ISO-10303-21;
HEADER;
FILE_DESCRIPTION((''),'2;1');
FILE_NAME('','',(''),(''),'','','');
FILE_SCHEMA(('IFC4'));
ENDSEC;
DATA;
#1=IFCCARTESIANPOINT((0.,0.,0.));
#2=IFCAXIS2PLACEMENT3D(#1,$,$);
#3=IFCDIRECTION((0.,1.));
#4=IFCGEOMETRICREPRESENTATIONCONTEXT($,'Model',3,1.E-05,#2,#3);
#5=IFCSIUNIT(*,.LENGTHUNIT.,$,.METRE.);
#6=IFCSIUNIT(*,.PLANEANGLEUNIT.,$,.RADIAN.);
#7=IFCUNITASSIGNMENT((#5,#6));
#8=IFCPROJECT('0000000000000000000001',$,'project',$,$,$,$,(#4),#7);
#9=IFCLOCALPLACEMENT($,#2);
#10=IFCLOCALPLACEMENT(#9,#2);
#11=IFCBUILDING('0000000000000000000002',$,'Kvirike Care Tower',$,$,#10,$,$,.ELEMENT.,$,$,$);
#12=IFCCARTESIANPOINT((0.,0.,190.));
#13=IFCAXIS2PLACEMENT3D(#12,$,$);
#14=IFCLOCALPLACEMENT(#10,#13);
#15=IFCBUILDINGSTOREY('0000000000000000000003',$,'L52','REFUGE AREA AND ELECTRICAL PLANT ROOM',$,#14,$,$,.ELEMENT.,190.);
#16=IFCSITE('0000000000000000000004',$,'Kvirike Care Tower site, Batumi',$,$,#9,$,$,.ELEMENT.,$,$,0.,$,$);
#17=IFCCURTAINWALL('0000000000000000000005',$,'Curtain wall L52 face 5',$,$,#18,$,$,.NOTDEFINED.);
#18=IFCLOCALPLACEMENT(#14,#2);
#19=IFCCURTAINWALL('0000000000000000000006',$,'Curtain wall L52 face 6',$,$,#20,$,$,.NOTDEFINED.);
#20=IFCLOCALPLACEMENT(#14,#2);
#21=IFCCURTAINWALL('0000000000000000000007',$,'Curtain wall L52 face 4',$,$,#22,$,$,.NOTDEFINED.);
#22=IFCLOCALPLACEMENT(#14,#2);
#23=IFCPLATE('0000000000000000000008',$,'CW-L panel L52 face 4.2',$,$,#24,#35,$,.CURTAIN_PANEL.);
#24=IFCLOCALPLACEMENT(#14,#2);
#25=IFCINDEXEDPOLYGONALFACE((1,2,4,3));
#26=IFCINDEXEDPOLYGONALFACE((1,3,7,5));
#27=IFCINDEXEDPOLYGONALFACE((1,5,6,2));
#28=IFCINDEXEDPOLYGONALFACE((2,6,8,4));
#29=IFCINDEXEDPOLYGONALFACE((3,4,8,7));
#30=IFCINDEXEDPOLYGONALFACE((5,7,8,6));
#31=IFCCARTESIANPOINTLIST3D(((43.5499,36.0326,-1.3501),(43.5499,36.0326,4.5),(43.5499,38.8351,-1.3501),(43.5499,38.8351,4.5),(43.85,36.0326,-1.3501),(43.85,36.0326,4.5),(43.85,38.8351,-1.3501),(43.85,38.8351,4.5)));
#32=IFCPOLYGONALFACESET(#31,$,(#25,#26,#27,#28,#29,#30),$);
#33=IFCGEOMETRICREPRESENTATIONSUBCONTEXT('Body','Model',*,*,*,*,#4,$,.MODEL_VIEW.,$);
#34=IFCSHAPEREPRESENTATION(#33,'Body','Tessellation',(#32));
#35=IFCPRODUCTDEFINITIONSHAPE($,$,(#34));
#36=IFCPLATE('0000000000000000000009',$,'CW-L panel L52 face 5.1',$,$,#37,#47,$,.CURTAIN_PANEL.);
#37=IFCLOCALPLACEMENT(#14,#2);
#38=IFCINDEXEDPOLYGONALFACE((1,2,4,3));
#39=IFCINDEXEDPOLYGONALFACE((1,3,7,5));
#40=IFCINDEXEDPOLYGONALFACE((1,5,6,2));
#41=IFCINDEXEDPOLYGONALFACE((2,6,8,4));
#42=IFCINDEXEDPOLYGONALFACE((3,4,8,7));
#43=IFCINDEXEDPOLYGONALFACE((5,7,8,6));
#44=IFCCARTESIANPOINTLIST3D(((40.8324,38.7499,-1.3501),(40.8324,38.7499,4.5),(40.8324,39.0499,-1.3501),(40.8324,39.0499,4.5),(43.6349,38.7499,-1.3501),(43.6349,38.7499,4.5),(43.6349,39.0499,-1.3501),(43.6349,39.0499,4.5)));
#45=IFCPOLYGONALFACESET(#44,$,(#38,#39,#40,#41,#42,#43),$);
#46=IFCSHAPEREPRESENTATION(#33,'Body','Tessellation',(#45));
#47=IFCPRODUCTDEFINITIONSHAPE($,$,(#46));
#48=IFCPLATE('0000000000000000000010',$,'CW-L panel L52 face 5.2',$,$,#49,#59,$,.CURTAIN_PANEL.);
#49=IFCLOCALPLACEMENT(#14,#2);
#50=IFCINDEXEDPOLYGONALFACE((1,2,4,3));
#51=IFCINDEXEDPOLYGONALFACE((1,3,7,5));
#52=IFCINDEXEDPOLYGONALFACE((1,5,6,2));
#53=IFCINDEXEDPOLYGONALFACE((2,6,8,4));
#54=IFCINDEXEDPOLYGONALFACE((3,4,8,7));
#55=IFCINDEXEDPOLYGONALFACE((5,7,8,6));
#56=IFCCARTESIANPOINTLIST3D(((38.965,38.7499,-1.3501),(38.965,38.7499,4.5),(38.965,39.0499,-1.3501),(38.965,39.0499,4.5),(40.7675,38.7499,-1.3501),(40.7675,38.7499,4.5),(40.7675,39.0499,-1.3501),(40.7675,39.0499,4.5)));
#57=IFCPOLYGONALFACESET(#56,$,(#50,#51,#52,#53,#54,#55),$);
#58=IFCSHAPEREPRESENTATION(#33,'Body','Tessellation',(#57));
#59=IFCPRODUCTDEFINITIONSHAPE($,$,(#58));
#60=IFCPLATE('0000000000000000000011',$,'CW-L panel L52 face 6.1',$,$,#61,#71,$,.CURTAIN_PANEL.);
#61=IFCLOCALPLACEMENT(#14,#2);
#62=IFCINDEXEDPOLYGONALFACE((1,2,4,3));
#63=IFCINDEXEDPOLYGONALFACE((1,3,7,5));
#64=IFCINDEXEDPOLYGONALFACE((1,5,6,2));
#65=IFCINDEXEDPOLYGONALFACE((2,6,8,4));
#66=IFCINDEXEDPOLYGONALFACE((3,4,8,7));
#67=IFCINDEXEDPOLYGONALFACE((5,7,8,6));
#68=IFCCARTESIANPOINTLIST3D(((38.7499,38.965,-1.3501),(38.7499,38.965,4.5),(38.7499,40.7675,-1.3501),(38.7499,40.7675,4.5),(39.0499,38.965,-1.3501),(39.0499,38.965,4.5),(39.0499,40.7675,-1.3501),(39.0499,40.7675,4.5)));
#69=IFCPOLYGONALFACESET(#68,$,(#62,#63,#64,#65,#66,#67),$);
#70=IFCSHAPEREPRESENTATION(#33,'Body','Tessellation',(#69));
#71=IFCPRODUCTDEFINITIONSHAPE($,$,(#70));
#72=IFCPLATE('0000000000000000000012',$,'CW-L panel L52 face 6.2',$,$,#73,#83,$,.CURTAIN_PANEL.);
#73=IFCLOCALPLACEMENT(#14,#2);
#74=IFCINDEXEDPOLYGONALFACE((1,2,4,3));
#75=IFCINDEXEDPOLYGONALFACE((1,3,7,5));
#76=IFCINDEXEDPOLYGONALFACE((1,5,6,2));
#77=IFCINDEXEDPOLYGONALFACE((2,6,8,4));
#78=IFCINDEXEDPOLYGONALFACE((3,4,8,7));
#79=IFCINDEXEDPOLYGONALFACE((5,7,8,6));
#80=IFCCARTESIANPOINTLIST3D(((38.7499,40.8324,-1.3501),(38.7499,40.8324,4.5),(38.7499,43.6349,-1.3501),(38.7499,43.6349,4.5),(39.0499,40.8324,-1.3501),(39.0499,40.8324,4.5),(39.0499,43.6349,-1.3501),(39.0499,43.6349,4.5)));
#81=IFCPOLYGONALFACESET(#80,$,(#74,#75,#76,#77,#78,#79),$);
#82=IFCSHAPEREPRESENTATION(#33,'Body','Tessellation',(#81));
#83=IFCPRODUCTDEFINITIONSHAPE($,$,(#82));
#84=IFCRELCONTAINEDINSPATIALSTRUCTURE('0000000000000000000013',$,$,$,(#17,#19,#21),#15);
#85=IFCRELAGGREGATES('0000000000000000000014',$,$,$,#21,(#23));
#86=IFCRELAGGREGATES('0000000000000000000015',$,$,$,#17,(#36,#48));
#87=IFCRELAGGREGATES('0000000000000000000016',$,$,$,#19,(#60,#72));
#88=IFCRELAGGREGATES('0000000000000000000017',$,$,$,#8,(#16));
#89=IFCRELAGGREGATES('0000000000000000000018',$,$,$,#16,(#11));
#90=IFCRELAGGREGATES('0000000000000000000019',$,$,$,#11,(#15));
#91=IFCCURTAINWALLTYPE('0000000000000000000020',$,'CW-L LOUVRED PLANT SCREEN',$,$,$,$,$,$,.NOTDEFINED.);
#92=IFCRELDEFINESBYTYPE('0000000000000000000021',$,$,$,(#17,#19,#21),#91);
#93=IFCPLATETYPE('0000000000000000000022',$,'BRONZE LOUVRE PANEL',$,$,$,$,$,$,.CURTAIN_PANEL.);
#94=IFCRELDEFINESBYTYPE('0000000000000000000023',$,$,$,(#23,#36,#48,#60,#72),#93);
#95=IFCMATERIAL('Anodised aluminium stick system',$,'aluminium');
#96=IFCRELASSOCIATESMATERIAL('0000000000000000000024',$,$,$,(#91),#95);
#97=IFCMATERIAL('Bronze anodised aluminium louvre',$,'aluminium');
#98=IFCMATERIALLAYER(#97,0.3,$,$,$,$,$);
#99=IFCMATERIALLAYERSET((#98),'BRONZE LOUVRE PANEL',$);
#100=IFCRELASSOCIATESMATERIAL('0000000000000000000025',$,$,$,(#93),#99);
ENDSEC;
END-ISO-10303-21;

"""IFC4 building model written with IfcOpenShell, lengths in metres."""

from ifc_helpers import new_model, si_unit, direction, frame, origin, origin_2d, place, context, subcontext, project, spatial, rectangle, extrude, material, layer, layer_set, type_object, element, aggregate, save


model = new_model("IFC4")

# Units and contexts
model_context = context("Model", 3, precision=1e-05, world=origin(), true_north=direction((0.0, 1.0)))
body_context = subcontext(model_context, "Body", "Model", "MODEL_VIEW")
ifc_project = project(units=[si_unit("LENGTHUNIT", "METRE"), si_unit("PLANEANGLEUNIT", "RADIAN")], contexts=[model_context])

# Site, building, storey
site_placement = place(None, origin())
site = spatial("IfcSite", under=ifc_project, at=site_placement, Name="Kvirike Care Tower site, Batumi", CompositionType="ELEMENT", RefElevation=0.0)
building_placement = place(site_placement, origin())
building = spatial("IfcBuilding", under=site, at=building_placement, Name="Kvirike Care Tower", CompositionType="ELEMENT")
storey_placement = place(building_placement, frame((0.0, 0.0, 190.0)))
storey = spatial("IfcBuildingStorey", under=building, at=storey_placement, Name="L52", Description="REFUGE AREA AND ELECTRICAL PLANT ROOM", CompositionType="ELEMENT", Elevation=190.0)

# Curtain walls
ifc_material_1 = material(Name="Anodised aluminium stick system", Category="aluminium")
curtain_wall_type = type_object("IfcCurtainWallType", Name="CW-L LOUVRED PLANT SCREEN", PredefinedType="NOTDEFINED", material=ifc_material_1)
curtain_wall_1_placement = place(storey_placement, origin())
curtain_wall_1 = element("IfcCurtainWall", 1, at=curtain_wall_1_placement, inside=storey, type_object=curtain_wall_type, Name="Curtain wall L52 face 5", PredefinedType="NOTDEFINED")
curtain_wall_2_placement = place(storey_placement, origin())
curtain_wall_2 = element("IfcCurtainWall", 2, at=curtain_wall_2_placement, inside=storey, type_object=curtain_wall_type, Name="Curtain wall L52 face 6", PredefinedType="NOTDEFINED")

# Curtain wall
curtain_wall_3_placement = place(storey_placement, origin())
curtain_wall_3 = element("IfcCurtainWall", 3, at=curtain_wall_3_placement, inside=storey, type_object=curtain_wall_type, Name="Curtain wall L52 face 4", PredefinedType="NOTDEFINED")

# Plates
ifc_material_2 = material(Name="Bronze anodised aluminium louvre", Category="aluminium")
ifc_layer = layer(ifc_material_2, 0.3)
ifc_layer_set = layer_set([ifc_layer], Name="BRONZE LOUVRE PANEL")
plate_type = type_object("IfcPlateType", Name="BRONZE LOUVRE PANEL", PredefinedType="CURTAIN_PANEL", material=ifc_layer_set)
plate_1_placement = place(storey_placement, frame((43.7, 37.4338, -1.3501), z_axis=(0.0, 0.0, 1.0), x_axis=(0.0, 1.0, 0.0)))
plate_1 = element("IfcPlate", 4, at=plate_1_placement, type_object=plate_type, Name="CW-L panel L52 face 4.2", PredefinedType="CURTAIN_PANEL", context=body_context, shape_type="SweptSolid", body=[
    extrude(rectangle(XDim=2.8025, YDim=0.3, at=origin_2d()), origin(), (0.0, 0.0, 1.0), 5.8501),
])
aggregate(curtain_wall_3, [plate_1])
plate_2_placement = place(storey_placement, frame((42.2336, 38.8999, -1.3501), z_axis=(0.0, 0.0, 1.0), x_axis=(-1.0, 0.0, 0.0)))
plate_2 = element("IfcPlate", 5, at=plate_2_placement, type_object=plate_type, Name="CW-L panel L52 face 5.1", PredefinedType="CURTAIN_PANEL", context=body_context, shape_type="SweptSolid", body=[
    extrude(rectangle(XDim=2.8025, YDim=0.3, at=origin_2d()), origin(), (0.0, 0.0, 1.0), 5.8501),
])
plate_3_placement = place(storey_placement, frame((39.8662, 38.8999, -1.3501), z_axis=(0.0, 0.0, 1.0), x_axis=(-1.0, 0.0, 0.0)))
plate_3 = element("IfcPlate", 6, at=plate_3_placement, type_object=plate_type, Name="CW-L panel L52 face 5.2", PredefinedType="CURTAIN_PANEL", context=body_context, shape_type="SweptSolid", body=[
    extrude(rectangle(XDim=1.8025, YDim=0.3, at=origin_2d()), origin(), (0.0, 0.0, 1.0), 5.8501),
])
aggregate(curtain_wall_1, [plate_2, plate_3])
plate_4_placement = place(storey_placement, frame((38.8999, 39.8662, -1.3501), z_axis=(0.0, 0.0, 1.0), x_axis=(0.0, 1.0, 0.0)))
plate_4 = element("IfcPlate", 7, at=plate_4_placement, type_object=plate_type, Name="CW-L panel L52 face 6.1", PredefinedType="CURTAIN_PANEL", context=body_context, shape_type="SweptSolid", body=[
    extrude(rectangle(XDim=1.8025, YDim=0.3, at=origin_2d()), origin(), (0.0, 0.0, 1.0), 5.8501),
])
plate_5_placement = place(storey_placement, frame((38.8999, 42.2336, -1.3501), z_axis=(0.0, 0.0, 1.0), x_axis=(0.0, 1.0, 0.0)))
plate_5 = element("IfcPlate", 8, at=plate_5_placement, type_object=plate_type, Name="CW-L panel L52 face 6.2", PredefinedType="CURTAIN_PANEL", context=body_context, shape_type="SweptSolid", body=[
    extrude(rectangle(XDim=2.8025, YDim=0.3, at=origin_2d()), origin(), (0.0, 0.0, 1.0), 5.8501),
])
aggregate(curtain_wall_2, [plate_4, plate_5])

save(model, "model.ifc")
